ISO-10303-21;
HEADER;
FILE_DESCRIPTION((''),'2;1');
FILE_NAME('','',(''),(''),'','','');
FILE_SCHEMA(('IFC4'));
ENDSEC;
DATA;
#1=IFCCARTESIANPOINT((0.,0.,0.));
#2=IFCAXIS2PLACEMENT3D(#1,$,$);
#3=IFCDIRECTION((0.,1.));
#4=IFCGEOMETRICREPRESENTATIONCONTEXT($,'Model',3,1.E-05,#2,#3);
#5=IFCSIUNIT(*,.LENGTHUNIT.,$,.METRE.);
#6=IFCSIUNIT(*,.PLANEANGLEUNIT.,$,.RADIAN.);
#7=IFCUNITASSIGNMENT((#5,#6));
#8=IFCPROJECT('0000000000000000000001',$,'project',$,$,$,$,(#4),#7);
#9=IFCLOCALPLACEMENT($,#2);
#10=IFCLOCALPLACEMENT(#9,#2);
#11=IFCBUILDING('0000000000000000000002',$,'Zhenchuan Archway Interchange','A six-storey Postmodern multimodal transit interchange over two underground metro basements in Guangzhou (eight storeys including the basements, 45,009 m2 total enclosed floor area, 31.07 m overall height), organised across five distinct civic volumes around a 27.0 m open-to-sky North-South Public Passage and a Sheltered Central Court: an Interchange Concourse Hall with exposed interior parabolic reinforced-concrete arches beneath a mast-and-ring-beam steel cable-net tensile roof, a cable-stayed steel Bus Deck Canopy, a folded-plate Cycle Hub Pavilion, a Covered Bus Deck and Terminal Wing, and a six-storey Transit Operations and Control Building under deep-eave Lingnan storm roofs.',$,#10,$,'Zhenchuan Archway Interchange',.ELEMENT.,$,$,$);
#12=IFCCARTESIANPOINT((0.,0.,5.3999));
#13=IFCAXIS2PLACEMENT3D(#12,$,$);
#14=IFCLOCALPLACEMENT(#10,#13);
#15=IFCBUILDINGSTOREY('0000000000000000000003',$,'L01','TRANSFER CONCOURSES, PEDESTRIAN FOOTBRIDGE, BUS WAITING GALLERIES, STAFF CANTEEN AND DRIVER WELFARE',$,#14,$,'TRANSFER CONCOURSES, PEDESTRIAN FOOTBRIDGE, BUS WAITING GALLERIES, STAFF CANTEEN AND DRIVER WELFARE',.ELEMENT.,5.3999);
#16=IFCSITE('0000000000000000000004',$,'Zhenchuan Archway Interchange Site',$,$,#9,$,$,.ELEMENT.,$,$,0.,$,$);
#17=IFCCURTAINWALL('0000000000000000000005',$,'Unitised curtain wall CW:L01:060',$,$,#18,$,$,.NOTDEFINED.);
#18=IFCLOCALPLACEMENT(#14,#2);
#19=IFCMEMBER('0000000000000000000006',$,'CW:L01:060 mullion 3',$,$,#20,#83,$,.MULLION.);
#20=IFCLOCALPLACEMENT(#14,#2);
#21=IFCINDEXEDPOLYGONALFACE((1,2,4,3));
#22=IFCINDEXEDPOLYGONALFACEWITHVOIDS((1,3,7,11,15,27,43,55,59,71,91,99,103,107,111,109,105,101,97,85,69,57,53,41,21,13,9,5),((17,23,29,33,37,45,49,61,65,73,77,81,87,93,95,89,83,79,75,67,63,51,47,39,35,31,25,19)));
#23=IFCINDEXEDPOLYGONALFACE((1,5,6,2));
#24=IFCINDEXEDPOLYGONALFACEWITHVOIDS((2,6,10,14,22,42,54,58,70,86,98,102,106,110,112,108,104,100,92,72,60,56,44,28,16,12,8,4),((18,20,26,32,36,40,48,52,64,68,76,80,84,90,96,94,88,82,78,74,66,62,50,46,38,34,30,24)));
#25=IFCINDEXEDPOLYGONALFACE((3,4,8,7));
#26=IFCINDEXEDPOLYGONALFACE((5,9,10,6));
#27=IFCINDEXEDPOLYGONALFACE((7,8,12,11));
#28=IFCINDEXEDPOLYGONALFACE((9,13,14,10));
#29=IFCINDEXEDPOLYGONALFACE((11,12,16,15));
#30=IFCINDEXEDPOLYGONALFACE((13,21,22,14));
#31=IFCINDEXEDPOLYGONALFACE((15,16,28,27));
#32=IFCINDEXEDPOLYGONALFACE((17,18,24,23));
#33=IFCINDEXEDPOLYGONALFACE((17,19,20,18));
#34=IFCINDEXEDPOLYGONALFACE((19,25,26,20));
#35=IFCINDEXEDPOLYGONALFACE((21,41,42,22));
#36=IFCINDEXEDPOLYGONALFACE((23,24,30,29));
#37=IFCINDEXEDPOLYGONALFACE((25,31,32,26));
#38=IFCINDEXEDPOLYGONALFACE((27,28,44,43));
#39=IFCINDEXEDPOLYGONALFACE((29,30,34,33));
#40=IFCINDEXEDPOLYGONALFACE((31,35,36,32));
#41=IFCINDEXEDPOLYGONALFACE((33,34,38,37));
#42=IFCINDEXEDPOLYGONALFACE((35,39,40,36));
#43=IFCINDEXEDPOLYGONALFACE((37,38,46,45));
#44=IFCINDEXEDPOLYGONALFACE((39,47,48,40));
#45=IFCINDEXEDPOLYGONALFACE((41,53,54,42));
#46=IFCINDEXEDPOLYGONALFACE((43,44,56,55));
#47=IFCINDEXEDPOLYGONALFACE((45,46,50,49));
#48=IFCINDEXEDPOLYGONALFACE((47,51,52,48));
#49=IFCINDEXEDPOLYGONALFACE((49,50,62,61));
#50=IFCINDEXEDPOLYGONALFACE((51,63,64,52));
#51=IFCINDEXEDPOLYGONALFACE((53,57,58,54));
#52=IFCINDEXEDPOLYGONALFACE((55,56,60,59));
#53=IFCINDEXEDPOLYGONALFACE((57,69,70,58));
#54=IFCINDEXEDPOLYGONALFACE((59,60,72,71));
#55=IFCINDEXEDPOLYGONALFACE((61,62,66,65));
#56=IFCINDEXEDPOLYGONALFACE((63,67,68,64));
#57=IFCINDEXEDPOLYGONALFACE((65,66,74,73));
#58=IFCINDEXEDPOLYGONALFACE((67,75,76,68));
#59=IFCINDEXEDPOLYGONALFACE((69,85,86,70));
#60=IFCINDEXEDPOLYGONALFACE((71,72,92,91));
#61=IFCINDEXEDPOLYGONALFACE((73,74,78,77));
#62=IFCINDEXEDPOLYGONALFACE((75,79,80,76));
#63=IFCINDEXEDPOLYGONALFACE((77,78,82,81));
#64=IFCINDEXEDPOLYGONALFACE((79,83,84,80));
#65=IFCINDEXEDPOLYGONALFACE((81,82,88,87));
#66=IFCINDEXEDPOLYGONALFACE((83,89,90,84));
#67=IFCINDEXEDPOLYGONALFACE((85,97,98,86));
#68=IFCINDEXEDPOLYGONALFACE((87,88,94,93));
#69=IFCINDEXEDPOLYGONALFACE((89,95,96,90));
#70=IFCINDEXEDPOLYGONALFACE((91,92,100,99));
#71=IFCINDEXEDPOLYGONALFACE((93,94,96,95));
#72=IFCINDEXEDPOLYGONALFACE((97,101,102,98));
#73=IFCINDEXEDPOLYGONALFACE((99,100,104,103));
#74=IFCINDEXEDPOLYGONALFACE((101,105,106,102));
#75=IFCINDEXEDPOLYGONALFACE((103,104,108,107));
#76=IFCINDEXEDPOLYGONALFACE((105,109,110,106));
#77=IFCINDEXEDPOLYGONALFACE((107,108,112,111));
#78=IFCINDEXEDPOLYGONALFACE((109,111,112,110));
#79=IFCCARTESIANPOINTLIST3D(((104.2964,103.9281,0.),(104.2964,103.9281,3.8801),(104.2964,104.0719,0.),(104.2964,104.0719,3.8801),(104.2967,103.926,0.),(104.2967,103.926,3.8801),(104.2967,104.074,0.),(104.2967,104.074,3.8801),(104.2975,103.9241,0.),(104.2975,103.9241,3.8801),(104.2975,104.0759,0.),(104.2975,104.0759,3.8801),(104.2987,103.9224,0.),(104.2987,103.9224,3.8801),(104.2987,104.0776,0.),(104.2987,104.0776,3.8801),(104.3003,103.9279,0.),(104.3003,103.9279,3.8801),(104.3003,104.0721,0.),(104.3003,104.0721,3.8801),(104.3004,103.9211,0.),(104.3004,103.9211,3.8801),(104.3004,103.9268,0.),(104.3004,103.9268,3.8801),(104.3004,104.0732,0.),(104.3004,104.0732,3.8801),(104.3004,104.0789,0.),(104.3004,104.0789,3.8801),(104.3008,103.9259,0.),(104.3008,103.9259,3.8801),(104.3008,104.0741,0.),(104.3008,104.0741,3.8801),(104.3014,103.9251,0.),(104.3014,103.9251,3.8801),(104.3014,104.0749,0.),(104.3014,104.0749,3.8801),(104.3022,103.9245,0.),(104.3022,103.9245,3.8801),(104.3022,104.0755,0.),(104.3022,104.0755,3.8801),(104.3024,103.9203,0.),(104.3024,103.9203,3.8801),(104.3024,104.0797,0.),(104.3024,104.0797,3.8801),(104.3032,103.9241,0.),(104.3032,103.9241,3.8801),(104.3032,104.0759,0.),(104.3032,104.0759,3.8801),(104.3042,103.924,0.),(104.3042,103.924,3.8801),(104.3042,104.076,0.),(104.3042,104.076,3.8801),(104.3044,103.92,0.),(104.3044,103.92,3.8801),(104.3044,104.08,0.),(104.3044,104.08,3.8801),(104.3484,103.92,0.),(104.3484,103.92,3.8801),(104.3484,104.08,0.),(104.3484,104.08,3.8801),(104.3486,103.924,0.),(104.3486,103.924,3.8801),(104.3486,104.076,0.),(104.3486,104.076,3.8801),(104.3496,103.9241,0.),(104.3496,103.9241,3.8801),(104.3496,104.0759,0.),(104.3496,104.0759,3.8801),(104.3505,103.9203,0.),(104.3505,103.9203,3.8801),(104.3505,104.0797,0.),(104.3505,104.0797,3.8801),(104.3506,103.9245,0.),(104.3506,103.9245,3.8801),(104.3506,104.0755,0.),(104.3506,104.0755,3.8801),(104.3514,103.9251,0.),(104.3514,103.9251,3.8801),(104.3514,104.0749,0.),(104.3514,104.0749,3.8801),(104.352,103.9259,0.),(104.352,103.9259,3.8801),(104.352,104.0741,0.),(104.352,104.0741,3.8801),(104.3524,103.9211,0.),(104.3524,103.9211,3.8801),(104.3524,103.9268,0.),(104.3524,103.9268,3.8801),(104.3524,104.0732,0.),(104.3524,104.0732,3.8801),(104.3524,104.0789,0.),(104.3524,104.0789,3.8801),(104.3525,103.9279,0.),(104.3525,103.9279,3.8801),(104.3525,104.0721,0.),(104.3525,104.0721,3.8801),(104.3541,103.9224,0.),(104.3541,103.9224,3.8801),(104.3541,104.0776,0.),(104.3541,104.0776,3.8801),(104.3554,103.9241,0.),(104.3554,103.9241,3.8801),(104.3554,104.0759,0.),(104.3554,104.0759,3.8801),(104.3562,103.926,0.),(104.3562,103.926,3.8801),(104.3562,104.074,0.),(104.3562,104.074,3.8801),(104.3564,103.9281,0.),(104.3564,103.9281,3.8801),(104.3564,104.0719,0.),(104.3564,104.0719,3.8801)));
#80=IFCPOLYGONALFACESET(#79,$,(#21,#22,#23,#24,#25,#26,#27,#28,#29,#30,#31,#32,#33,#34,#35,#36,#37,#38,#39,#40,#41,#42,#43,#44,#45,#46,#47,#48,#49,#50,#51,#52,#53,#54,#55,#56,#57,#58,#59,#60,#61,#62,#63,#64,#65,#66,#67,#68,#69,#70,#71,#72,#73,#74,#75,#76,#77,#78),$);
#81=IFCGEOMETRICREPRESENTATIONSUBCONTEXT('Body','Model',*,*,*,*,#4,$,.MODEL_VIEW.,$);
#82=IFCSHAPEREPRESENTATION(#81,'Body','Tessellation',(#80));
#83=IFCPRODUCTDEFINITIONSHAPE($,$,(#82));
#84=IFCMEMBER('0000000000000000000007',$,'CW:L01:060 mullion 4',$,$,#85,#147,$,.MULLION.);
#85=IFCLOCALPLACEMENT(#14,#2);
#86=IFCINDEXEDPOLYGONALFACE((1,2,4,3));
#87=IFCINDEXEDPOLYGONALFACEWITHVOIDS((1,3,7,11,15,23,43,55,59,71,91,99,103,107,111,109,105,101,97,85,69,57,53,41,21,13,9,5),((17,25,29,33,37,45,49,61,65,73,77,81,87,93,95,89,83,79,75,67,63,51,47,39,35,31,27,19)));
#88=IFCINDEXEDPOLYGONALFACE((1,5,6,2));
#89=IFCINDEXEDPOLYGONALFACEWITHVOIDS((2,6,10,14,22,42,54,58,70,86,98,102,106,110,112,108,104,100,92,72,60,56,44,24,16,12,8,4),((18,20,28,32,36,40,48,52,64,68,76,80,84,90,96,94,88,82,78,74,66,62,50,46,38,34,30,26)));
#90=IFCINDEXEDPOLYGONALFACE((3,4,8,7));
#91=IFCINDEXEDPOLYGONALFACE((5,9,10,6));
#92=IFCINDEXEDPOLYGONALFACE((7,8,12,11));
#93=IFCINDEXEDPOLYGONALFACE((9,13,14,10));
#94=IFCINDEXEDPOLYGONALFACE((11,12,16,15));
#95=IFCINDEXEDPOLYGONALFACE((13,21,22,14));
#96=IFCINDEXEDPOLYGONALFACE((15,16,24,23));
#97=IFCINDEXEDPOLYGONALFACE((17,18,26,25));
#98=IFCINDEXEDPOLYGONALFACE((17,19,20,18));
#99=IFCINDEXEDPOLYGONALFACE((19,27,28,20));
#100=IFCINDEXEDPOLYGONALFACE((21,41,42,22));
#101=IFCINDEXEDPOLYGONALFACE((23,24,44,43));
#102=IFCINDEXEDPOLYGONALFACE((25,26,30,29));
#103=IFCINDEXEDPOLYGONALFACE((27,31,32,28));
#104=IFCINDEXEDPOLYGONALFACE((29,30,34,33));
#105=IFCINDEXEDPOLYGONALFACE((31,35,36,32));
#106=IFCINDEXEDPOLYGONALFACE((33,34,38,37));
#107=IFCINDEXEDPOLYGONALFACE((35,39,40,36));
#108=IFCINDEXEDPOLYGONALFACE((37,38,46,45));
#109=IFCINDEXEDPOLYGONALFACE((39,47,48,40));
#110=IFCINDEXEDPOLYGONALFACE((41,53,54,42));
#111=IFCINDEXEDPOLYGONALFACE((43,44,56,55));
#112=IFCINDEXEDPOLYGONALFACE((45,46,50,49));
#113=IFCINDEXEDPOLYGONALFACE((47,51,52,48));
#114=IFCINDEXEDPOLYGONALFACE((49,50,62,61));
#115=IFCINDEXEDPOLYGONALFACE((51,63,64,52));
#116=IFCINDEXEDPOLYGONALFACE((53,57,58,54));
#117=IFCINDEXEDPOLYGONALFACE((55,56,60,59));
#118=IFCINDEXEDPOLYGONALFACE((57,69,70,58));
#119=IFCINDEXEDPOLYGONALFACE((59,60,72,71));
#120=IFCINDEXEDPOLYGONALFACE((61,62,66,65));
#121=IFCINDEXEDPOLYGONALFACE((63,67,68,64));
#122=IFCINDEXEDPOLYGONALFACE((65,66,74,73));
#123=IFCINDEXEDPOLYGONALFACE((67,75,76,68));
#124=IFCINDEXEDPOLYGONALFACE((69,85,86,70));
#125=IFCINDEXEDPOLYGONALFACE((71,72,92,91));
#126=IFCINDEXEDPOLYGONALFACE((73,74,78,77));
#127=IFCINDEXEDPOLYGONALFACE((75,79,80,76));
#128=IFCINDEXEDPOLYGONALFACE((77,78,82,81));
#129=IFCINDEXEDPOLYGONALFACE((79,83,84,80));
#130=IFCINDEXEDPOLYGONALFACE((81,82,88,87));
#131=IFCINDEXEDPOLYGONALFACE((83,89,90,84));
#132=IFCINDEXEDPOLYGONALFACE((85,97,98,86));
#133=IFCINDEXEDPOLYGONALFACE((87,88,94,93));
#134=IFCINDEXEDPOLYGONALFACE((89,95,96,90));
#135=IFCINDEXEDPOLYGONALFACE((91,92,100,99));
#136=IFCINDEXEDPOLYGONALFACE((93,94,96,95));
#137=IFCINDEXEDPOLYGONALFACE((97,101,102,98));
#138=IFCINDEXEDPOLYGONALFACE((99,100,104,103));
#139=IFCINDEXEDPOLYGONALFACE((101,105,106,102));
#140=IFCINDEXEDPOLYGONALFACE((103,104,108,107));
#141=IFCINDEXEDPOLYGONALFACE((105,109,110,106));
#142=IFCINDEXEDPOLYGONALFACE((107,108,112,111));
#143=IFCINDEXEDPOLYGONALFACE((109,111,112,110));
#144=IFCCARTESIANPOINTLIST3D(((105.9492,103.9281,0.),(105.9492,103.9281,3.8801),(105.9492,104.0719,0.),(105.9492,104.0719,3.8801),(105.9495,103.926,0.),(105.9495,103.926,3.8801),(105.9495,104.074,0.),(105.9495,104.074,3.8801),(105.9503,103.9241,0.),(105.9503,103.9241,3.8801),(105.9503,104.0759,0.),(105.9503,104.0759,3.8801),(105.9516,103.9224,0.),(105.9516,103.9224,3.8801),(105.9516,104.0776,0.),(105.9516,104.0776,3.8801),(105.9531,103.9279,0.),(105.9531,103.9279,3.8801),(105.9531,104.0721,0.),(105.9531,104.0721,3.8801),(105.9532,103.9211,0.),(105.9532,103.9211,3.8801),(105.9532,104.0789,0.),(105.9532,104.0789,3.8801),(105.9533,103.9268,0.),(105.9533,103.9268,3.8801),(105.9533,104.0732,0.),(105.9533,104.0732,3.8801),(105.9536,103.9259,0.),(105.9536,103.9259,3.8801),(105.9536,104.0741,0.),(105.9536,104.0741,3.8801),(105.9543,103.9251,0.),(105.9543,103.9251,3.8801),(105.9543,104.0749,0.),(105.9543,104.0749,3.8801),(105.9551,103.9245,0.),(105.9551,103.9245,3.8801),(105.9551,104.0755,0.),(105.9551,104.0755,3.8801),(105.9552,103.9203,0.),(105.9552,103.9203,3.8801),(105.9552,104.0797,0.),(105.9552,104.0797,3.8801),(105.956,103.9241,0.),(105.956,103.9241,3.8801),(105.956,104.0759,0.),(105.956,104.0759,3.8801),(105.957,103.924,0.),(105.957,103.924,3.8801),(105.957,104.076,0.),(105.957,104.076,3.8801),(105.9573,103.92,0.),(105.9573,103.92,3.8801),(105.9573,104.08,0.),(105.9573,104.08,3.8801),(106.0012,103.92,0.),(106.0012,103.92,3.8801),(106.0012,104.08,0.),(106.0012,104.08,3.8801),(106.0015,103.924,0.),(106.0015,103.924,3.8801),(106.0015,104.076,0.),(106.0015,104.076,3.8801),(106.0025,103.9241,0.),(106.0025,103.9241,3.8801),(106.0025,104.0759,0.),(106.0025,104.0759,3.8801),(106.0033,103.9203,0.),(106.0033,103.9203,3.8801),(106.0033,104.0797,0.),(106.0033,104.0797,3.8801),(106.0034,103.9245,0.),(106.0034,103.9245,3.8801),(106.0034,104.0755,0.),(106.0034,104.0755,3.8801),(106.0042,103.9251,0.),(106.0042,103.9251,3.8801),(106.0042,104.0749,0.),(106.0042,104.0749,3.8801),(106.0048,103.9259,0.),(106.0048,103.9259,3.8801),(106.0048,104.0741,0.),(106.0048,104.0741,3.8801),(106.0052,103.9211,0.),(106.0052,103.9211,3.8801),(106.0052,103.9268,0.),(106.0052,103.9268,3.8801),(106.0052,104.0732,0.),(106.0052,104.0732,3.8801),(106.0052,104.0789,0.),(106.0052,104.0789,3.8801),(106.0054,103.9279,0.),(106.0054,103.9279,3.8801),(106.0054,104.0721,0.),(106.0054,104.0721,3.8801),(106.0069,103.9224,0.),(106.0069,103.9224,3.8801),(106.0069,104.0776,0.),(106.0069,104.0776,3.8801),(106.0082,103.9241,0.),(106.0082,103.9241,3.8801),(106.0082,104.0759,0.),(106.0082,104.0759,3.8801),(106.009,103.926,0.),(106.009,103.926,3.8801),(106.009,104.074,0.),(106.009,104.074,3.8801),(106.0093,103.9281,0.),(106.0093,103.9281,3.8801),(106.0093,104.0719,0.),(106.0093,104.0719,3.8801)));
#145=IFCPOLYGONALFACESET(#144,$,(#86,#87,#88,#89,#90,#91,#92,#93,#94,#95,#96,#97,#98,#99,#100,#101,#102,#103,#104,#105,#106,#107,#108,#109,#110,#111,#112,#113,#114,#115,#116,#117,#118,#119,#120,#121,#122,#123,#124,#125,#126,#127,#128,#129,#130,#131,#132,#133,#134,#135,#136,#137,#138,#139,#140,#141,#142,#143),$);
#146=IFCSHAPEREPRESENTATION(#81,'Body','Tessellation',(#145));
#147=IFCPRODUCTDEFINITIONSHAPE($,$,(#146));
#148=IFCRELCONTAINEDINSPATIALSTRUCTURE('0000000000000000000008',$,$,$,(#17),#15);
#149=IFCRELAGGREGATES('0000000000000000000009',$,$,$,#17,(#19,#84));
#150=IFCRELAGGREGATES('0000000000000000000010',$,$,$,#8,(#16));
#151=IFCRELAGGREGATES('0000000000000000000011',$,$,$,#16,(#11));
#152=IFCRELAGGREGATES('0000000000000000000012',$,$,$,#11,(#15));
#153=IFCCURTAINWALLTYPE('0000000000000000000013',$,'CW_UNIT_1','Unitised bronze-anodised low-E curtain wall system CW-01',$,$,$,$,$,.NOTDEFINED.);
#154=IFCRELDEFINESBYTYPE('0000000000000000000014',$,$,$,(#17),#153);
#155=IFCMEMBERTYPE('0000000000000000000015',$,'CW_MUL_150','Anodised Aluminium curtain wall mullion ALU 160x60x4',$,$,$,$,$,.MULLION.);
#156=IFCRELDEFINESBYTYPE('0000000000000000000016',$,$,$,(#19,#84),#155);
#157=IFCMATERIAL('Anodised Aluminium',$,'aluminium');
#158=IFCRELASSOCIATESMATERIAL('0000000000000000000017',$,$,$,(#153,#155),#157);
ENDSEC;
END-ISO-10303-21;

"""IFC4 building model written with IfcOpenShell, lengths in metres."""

from ifc_helpers import new_model, si_unit, direction, frame, origin, origin_2d, place, context, subcontext, project, spatial, hollow_rectangle, extrude, material, material_profile, profile_set, type_object, element, aggregate, save


model = new_model("IFC4")

# Units and contexts
model_context = context("Model", 3, precision=1e-05, world=origin(), true_north=direction((0.0, 1.0)))
body_context = subcontext(model_context, "Body", "Model", "MODEL_VIEW")
ifc_project = project(units=[si_unit("LENGTHUNIT", "METRE"), si_unit("PLANEANGLEUNIT", "RADIAN")], contexts=[model_context])

# Site, building, storey
site_placement = place(None, origin())
site = spatial("IfcSite", under=ifc_project, at=site_placement, Name="Zhenchuan Archway Interchange Site", CompositionType="ELEMENT", RefElevation=0.0)
building_placement = place(site_placement, origin())
building = spatial("IfcBuilding", under=site, at=building_placement, Name="Zhenchuan Archway Interchange", Description="A six-storey Postmodern multimodal transit interchange over two underground metro basements in Guangzhou (eight storeys including the basements, 45,009 m2 total enclosed floor area, 31.07 m overall height), organised across five distinct civic volumes around a 27.0 m open-to-sky North-South Public Passage and a Sheltered Central Court: an Interchange Concourse Hall with exposed interior parabolic reinforced-concrete arches beneath a mast-and-ring-beam steel cable-net tensile roof, a cable-stayed steel Bus Deck Canopy, a folded-plate Cycle Hub Pavilion, a Covered Bus Deck and Terminal Wing, and a six-storey Transit Operations and Control Building under deep-eave Lingnan storm roofs.", LongName="Zhenchuan Archway Interchange", CompositionType="ELEMENT")
storey_placement = place(building_placement, frame((0.0, 0.0, 5.3999)))
storey = spatial("IfcBuildingStorey", under=building, at=storey_placement, Name="L01", Description="TRANSFER CONCOURSES, PEDESTRIAN FOOTBRIDGE, BUS WAITING GALLERIES, STAFF CANTEEN AND DRIVER WELFARE", LongName="TRANSFER CONCOURSES, PEDESTRIAN FOOTBRIDGE, BUS WAITING GALLERIES, STAFF CANTEEN AND DRIVER WELFARE", CompositionType="ELEMENT", Elevation=5.3999)

# Curtain wall, members
ifc_material_1 = material(Name="Anodised Aluminium", Category="aluminium")
curtain_wall_type = type_object("IfcCurtainWallType", Name="CW_UNIT_1", Description="Unitised bronze-anodised low-E curtain wall system CW-01", PredefinedType="NOTDEFINED", material=ifc_material_1)
curtain_wall_placement = place(storey_placement, origin())
curtain_wall = element("IfcCurtainWall", 1, at=curtain_wall_placement, inside=storey, type_object=curtain_wall_type, Name="Unitised curtain wall CW:L01:060", PredefinedType="NOTDEFINED")
ifc_material_profile_1 = material_profile(ifc_material_1, hollow_rectangle(XDim=0.0601, YDim=0.1599, WallThickness=0.0039, InnerFilletRadius=0.0039, OuterFilletRadius=0.0081, at=origin_2d()), Name="ALU 160x60x4")
ifc_profile_set_1 = profile_set([ifc_material_profile_1], Name="Anodised Aluminium")
member_type_1 = type_object("IfcMemberType", Name="CW_MUL_150", Description="Anodised Aluminium curtain wall mullion ALU 160x60x4", PredefinedType="MULLION", material=ifc_profile_set_1)
member_1_placement = place(storey_placement, frame((104.3264, 104.0, 0.0), z_axis=(0.0, 0.0, 1.0), x_axis=(1.0, 0.0, 0.0)))
member_1 = element("IfcMember", 2, at=member_1_placement, type_object=member_type_1, Name="CW:L01:060 mullion 3", PredefinedType="MULLION", context=body_context, shape_type="SweptSolid", body=[
    extrude(hollow_rectangle(XDim=0.0601, YDim=0.1599, WallThickness=0.0039, InnerFilletRadius=0.0039, OuterFilletRadius=0.0081, at=origin_2d()), origin(), (0.0, 0.0, 1.0), 3.8801),
])
member_2_placement = place(storey_placement, frame((105.9792, 104.0, 0.0), z_axis=(0.0, 0.0, 1.0), x_axis=(1.0, 0.0, 0.0)))
member_2 = element("IfcMember", 3, at=member_2_placement, type_object=member_type_1, Name="CW:L01:060 mullion 4", PredefinedType="MULLION", context=body_context, shape_type="SweptSolid", body=[
    extrude(hollow_rectangle(XDim=0.0601, YDim=0.1599, WallThickness=0.0039, InnerFilletRadius=0.0039, OuterFilletRadius=0.0081, at=origin_2d()), origin(), (0.0, 0.0, 1.0), 3.8801),
])
aggregate(curtain_wall, [member_1, member_2])

save(model, "model.ifc")
